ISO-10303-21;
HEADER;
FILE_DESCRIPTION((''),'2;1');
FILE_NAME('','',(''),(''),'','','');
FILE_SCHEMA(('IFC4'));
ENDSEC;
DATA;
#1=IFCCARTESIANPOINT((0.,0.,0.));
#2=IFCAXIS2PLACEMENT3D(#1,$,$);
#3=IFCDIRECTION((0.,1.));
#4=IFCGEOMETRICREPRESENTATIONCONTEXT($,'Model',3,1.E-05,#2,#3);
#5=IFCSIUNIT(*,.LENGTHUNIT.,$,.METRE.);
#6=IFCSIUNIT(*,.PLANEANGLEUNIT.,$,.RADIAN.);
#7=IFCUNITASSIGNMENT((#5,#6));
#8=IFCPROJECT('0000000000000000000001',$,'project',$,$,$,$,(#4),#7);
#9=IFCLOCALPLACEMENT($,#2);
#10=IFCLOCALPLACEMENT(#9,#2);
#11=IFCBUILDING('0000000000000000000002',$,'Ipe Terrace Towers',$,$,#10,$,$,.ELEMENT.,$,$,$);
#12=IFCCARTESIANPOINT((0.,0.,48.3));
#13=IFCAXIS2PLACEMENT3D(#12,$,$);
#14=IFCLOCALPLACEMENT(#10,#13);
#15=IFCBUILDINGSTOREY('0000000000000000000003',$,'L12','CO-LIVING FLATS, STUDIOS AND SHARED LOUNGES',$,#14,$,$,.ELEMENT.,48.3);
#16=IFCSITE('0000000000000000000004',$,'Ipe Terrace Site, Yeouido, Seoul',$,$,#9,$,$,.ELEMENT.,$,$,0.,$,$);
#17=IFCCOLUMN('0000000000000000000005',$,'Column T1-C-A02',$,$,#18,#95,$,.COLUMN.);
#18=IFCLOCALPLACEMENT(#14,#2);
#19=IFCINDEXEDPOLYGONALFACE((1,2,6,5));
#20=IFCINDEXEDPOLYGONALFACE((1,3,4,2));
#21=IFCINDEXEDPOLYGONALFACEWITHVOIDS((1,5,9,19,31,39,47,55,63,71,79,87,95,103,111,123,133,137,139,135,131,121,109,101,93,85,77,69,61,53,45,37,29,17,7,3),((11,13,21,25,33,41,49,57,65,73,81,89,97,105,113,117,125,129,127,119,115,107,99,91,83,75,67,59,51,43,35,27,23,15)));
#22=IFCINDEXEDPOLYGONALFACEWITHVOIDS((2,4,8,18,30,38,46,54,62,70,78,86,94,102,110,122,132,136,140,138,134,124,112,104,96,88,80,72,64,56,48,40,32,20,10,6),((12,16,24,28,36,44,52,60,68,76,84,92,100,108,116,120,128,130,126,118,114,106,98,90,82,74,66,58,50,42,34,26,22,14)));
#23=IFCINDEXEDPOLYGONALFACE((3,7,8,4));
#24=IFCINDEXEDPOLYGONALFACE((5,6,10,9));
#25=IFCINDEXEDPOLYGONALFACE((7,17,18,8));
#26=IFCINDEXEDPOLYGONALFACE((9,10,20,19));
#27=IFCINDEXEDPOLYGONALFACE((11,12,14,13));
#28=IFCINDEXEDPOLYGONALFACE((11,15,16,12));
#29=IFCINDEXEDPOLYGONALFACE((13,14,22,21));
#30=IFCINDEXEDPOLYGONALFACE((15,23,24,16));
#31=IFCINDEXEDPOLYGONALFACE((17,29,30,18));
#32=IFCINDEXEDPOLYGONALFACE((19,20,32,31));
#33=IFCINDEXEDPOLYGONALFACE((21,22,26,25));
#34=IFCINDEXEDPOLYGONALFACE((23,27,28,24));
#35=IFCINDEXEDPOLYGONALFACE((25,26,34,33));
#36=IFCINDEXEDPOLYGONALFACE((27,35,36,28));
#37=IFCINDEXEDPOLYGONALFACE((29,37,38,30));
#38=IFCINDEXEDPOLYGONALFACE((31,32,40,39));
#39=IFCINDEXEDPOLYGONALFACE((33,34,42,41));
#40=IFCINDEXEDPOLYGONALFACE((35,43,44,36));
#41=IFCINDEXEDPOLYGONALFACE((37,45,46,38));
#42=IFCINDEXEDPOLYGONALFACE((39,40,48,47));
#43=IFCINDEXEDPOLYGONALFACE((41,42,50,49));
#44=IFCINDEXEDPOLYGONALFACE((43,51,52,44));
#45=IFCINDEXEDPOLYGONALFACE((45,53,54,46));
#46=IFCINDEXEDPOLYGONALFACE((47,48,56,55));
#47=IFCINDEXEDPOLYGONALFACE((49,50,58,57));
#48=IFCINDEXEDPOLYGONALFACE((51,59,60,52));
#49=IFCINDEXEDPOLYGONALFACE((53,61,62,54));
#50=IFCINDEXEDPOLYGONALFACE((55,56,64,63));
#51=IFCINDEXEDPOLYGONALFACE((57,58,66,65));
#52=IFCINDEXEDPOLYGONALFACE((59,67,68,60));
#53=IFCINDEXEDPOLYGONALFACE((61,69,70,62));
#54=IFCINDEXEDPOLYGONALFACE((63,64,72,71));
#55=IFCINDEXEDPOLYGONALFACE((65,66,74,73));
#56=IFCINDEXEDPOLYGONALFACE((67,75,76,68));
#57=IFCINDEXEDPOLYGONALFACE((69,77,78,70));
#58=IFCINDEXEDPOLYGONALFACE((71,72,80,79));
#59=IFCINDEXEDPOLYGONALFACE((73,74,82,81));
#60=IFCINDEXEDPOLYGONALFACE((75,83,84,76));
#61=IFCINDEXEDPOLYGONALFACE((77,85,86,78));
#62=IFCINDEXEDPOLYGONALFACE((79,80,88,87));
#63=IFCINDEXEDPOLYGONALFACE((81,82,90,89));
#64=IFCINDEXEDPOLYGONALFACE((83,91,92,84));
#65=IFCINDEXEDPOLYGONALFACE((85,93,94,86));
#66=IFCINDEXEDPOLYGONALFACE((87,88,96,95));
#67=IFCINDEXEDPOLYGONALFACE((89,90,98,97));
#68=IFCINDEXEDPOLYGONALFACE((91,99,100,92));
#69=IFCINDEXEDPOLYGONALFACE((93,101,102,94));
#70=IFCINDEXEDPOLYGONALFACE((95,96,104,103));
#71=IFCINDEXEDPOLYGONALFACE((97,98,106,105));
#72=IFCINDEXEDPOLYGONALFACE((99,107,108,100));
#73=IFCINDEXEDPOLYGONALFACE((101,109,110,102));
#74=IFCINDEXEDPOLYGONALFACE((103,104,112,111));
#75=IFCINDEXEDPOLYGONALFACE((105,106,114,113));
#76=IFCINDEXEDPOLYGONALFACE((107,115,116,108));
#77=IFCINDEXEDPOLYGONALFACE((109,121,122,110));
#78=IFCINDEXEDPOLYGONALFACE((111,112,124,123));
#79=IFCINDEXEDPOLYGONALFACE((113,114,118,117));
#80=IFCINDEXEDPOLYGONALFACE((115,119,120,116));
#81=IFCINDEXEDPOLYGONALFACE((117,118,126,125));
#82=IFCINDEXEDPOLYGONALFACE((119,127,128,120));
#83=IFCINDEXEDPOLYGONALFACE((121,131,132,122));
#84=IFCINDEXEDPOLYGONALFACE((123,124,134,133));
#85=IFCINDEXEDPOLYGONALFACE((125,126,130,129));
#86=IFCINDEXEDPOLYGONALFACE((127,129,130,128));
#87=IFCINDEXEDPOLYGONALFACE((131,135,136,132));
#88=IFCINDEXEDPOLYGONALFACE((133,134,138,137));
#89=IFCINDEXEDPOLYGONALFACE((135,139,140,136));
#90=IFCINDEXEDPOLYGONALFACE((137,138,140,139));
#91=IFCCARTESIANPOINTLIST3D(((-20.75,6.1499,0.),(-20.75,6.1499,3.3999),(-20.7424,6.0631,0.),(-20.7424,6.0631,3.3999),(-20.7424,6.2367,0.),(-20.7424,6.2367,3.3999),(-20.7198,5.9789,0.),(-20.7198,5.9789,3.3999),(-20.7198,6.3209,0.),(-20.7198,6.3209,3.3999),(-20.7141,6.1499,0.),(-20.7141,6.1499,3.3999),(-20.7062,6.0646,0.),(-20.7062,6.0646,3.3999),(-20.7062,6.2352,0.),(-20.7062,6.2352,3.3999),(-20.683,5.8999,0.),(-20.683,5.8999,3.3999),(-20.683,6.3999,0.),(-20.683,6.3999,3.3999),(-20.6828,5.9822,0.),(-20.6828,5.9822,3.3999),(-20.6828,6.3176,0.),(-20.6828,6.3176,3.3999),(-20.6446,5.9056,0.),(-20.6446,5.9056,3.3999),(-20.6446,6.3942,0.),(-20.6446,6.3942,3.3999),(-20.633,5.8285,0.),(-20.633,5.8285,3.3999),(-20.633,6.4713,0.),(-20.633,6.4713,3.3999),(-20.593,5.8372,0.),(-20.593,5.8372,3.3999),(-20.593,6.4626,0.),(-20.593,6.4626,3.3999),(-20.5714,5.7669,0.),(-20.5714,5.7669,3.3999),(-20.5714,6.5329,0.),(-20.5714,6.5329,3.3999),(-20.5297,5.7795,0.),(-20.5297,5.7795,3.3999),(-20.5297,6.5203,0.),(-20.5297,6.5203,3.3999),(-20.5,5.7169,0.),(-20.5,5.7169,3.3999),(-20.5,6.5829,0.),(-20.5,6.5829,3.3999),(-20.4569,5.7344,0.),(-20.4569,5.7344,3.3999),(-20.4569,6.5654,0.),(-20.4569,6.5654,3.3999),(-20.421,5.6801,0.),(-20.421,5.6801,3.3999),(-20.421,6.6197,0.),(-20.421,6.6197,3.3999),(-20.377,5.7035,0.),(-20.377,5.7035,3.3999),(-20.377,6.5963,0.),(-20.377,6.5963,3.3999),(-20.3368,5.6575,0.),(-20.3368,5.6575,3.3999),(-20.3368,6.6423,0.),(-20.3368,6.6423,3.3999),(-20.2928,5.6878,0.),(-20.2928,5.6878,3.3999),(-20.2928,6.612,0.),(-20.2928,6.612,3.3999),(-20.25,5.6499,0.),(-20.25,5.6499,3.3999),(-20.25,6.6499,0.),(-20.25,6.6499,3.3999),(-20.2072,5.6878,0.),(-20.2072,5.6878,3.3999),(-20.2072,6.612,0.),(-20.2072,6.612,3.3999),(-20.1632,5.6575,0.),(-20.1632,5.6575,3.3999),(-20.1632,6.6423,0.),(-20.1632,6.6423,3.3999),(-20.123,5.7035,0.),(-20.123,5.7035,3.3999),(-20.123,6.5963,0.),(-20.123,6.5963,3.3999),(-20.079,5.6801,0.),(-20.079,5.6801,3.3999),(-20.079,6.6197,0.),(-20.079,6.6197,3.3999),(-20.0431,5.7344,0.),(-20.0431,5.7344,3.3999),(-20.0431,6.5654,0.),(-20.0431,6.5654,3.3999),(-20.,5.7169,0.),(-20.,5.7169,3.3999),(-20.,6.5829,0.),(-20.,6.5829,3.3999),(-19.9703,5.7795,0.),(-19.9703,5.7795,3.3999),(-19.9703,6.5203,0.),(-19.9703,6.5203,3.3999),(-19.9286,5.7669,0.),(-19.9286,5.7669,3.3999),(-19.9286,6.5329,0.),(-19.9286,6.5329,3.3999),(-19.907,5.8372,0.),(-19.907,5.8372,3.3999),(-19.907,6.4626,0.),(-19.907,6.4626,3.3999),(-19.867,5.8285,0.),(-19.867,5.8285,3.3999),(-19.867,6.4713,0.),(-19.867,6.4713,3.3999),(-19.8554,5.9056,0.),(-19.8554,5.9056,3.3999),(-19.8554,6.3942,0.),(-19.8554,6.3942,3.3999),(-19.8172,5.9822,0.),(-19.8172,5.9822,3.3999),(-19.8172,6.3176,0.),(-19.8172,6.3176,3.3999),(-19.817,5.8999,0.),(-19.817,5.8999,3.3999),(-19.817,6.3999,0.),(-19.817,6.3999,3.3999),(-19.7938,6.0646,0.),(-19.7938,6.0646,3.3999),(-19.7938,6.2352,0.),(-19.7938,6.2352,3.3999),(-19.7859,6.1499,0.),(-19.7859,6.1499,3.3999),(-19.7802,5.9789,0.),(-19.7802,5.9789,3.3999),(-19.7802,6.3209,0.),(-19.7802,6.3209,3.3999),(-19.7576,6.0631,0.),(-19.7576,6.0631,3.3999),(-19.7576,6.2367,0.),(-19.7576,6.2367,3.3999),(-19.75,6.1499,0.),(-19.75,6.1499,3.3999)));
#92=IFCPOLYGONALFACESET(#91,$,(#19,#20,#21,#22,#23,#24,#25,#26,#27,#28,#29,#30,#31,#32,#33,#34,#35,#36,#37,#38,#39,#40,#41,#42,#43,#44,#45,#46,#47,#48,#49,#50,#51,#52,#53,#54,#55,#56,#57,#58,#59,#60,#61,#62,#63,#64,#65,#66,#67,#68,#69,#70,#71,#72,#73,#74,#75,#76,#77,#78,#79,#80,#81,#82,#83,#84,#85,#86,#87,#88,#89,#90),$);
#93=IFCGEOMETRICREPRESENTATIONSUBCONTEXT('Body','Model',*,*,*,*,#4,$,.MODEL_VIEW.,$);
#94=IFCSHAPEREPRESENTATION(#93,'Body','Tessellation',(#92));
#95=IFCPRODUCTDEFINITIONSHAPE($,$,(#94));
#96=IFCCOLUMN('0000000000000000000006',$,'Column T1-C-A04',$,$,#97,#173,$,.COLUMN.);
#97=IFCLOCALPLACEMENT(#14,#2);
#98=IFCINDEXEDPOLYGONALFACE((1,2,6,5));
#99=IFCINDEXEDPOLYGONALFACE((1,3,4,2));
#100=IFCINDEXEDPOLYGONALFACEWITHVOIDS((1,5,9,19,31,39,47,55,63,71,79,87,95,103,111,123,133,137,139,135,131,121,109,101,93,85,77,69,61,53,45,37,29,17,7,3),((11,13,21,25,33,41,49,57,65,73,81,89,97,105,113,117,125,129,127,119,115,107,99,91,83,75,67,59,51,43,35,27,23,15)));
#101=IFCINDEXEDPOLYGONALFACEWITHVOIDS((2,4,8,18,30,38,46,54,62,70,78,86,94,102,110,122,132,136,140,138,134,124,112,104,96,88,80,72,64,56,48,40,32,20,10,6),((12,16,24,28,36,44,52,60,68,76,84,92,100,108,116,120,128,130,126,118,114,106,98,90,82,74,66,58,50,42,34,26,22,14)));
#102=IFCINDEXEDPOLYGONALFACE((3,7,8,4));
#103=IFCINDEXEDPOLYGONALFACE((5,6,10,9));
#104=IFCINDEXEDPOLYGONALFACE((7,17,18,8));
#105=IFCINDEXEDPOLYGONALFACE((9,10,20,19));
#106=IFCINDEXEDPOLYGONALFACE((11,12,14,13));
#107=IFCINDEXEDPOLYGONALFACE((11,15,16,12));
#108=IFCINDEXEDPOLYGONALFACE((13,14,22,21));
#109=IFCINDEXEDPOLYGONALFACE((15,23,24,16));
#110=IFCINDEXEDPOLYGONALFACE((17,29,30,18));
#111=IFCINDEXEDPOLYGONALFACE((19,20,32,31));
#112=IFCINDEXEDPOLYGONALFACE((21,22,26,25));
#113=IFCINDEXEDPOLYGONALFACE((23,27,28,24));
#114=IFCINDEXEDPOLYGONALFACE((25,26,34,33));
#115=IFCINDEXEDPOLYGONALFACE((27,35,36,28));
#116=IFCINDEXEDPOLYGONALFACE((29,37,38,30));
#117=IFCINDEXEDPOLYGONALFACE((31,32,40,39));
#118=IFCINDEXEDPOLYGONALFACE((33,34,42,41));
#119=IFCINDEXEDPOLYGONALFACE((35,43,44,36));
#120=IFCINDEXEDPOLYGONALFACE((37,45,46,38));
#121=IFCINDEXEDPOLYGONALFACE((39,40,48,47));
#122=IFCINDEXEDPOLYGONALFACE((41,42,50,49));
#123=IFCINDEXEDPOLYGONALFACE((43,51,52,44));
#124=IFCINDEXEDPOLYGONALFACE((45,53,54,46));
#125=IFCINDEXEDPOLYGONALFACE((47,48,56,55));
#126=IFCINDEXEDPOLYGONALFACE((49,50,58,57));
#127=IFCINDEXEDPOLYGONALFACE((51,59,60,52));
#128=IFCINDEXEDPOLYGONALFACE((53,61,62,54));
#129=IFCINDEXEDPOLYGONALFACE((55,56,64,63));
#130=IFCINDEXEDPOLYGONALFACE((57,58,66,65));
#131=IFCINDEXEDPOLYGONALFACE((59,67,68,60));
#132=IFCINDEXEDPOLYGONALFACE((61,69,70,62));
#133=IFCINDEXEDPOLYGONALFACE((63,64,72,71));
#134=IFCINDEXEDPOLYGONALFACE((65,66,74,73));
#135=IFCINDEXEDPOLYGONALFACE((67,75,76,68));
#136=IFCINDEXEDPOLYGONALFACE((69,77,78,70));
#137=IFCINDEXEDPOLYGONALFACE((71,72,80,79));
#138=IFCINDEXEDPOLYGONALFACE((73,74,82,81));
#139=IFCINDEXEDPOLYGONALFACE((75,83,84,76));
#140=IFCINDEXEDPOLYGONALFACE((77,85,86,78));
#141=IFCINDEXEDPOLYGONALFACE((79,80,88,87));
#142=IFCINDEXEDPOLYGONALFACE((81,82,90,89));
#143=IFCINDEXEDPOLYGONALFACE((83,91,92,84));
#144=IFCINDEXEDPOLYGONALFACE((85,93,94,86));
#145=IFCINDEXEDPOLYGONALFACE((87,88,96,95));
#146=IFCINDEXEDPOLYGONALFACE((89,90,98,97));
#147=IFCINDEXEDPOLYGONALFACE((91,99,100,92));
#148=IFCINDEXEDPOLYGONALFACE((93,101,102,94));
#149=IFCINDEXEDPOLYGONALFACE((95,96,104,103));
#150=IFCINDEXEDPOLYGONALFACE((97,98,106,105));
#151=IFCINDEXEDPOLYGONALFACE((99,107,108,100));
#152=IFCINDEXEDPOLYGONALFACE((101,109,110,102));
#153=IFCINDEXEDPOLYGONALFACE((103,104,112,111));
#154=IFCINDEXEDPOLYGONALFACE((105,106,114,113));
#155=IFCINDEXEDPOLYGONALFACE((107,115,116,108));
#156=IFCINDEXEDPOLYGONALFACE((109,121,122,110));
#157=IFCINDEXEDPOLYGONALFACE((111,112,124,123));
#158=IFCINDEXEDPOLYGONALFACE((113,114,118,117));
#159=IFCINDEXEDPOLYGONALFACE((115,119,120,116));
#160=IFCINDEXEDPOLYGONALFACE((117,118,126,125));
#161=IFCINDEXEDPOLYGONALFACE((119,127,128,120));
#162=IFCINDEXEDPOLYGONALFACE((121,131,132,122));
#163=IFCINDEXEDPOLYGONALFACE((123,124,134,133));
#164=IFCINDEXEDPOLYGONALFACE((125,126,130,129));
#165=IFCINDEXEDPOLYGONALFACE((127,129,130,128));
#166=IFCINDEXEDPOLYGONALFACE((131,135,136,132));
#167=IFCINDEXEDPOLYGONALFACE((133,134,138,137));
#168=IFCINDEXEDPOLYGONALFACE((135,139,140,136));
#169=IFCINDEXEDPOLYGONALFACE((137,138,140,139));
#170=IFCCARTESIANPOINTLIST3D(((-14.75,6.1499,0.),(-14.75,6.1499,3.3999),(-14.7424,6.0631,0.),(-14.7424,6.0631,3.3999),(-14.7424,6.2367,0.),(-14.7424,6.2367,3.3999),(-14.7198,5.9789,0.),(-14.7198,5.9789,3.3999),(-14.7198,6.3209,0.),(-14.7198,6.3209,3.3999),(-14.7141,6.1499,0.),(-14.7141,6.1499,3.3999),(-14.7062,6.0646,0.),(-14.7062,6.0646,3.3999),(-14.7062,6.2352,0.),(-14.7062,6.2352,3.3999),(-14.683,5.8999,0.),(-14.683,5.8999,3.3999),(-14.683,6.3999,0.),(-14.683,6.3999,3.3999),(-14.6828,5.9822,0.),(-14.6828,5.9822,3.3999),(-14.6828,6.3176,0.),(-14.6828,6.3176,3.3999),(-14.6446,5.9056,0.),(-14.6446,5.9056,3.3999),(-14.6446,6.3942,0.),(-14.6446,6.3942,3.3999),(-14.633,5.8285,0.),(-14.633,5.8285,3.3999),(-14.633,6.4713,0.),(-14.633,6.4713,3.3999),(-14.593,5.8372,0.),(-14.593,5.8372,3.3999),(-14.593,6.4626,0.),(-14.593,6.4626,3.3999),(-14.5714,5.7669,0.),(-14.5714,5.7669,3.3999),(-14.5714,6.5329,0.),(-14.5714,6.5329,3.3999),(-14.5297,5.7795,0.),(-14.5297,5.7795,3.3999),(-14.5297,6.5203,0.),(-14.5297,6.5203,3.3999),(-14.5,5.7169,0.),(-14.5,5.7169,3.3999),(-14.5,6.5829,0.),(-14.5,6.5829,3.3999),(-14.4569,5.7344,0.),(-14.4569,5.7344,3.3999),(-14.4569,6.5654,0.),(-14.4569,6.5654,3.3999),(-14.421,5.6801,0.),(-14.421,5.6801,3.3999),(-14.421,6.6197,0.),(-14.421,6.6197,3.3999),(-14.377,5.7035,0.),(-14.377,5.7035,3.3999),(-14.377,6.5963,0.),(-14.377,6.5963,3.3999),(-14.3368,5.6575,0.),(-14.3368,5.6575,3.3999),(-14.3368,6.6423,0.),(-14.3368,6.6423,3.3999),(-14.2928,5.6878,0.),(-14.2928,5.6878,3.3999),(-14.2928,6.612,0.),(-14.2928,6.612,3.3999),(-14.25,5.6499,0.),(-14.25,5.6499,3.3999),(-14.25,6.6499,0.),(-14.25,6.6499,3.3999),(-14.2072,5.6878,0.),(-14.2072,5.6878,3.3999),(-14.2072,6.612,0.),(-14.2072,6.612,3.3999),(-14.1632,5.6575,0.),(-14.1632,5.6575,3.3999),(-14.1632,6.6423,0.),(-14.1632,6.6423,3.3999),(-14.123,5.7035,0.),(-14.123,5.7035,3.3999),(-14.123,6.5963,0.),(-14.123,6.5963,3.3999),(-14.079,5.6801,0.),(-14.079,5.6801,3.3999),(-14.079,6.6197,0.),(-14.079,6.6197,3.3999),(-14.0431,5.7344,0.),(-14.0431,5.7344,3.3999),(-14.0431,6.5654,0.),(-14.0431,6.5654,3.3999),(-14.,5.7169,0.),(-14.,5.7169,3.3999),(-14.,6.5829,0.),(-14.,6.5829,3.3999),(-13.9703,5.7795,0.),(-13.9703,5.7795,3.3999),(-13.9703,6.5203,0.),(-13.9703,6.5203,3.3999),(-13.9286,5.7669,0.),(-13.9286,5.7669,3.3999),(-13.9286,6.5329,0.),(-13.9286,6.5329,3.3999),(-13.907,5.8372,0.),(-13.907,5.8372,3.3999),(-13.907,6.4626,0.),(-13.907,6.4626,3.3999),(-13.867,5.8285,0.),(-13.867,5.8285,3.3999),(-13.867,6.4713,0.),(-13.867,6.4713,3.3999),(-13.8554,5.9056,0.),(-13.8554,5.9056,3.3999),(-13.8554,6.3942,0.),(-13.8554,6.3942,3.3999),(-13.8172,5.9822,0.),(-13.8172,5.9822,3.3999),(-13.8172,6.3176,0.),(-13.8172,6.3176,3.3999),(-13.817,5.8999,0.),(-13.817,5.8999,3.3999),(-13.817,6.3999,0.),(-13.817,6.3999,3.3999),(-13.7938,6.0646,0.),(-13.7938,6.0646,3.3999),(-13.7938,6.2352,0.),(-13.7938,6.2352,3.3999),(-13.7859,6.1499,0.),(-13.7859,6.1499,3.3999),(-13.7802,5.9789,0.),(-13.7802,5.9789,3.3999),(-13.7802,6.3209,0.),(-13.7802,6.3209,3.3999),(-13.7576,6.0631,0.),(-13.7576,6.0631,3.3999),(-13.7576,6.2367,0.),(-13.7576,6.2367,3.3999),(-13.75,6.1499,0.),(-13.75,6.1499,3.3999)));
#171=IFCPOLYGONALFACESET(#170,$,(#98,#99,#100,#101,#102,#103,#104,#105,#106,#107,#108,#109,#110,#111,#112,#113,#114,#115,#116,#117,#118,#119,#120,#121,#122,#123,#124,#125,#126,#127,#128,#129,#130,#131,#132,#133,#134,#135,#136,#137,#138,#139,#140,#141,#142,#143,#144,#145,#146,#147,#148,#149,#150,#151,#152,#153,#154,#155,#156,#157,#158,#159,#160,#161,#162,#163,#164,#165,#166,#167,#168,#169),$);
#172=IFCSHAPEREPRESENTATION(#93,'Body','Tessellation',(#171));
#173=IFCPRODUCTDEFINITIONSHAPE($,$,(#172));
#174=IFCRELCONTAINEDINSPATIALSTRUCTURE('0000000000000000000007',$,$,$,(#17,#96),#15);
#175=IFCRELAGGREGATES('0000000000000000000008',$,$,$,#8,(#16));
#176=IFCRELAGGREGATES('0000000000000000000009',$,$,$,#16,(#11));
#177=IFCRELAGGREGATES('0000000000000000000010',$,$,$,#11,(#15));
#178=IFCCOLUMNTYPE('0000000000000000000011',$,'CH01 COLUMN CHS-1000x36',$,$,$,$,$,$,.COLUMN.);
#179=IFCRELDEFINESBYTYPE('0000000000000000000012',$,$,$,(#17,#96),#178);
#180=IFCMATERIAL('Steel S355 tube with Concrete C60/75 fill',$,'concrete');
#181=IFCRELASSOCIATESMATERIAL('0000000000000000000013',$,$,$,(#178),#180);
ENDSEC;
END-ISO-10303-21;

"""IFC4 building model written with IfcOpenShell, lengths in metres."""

from ifc_helpers import new_model, si_unit, direction, frame, origin, origin_2d, place, context, subcontext, project, spatial, hollow_circle, extrude, material, material_profile, profile_set, type_object, element, save


model = new_model("IFC4")

# Units and contexts
model_context = context("Model", 3, precision=1e-05, world=origin(), true_north=direction((0.0, 1.0)))
body_context = subcontext(model_context, "Body", "Model", "MODEL_VIEW")
ifc_project = project(units=[si_unit("LENGTHUNIT", "METRE"), si_unit("PLANEANGLEUNIT", "RADIAN")], contexts=[model_context])

# Site, building, storey
site_placement = place(None, origin())
site = spatial("IfcSite", under=ifc_project, at=site_placement, Name="Ipe Terrace Site, Yeouido, Seoul", CompositionType="ELEMENT", RefElevation=0.0)
building_placement = place(site_placement, origin())
building = spatial("IfcBuilding", under=site, at=building_placement, Name="Ipe Terrace Towers", CompositionType="ELEMENT")
storey_placement = place(building_placement, frame((0.0, 0.0, 48.3)))
storey = spatial("IfcBuildingStorey", under=building, at=storey_placement, Name="L12", Description="CO-LIVING FLATS, STUDIOS AND SHARED LOUNGES", CompositionType="ELEMENT", Elevation=48.3)

# Columns
ifc_material_1 = material(Name="Steel S355 tube with Concrete C60/75 fill", Category="concrete")
ifc_material_profile_1 = material_profile(ifc_material_1, hollow_circle(Radius=0.5, WallThickness=0.0359, at=origin_2d()), Name="CHS-1000x36")
ifc_profile_set_1 = profile_set([ifc_material_profile_1], Name="Steel S355 tube with Concrete C60/75 fill")
column_type = type_object("IfcColumnType", Name="CH01 COLUMN CHS-1000x36", PredefinedType="COLUMN", material=ifc_profile_set_1)
for number, where, z_axis, x_axis, name in (
    (1, (-20.25, 6.1499, 0.0), (0.0, 0.0, 1.0), (1.0, 0.0, 0.0), "Column T1-C-A02"),
    (2, (-14.25, 6.1499, 0.0), (0.0, 0.0, 1.0), (1.0, 0.0, 0.0), "Column T1-C-A04"),
):
    element("IfcColumn", number, at=place(storey_placement, frame(where, z_axis=z_axis, x_axis=x_axis)), inside=storey, type_object=column_type, Name=name, PredefinedType="COLUMN", context=body_context, shape_type="SweptSolid", body=[
        extrude(hollow_circle(Radius=0.5, WallThickness=0.0359, at=origin_2d()), origin(), (0.0, 0.0, 1.0), 3.3999),
    ])

save(model, "model.ifc")
